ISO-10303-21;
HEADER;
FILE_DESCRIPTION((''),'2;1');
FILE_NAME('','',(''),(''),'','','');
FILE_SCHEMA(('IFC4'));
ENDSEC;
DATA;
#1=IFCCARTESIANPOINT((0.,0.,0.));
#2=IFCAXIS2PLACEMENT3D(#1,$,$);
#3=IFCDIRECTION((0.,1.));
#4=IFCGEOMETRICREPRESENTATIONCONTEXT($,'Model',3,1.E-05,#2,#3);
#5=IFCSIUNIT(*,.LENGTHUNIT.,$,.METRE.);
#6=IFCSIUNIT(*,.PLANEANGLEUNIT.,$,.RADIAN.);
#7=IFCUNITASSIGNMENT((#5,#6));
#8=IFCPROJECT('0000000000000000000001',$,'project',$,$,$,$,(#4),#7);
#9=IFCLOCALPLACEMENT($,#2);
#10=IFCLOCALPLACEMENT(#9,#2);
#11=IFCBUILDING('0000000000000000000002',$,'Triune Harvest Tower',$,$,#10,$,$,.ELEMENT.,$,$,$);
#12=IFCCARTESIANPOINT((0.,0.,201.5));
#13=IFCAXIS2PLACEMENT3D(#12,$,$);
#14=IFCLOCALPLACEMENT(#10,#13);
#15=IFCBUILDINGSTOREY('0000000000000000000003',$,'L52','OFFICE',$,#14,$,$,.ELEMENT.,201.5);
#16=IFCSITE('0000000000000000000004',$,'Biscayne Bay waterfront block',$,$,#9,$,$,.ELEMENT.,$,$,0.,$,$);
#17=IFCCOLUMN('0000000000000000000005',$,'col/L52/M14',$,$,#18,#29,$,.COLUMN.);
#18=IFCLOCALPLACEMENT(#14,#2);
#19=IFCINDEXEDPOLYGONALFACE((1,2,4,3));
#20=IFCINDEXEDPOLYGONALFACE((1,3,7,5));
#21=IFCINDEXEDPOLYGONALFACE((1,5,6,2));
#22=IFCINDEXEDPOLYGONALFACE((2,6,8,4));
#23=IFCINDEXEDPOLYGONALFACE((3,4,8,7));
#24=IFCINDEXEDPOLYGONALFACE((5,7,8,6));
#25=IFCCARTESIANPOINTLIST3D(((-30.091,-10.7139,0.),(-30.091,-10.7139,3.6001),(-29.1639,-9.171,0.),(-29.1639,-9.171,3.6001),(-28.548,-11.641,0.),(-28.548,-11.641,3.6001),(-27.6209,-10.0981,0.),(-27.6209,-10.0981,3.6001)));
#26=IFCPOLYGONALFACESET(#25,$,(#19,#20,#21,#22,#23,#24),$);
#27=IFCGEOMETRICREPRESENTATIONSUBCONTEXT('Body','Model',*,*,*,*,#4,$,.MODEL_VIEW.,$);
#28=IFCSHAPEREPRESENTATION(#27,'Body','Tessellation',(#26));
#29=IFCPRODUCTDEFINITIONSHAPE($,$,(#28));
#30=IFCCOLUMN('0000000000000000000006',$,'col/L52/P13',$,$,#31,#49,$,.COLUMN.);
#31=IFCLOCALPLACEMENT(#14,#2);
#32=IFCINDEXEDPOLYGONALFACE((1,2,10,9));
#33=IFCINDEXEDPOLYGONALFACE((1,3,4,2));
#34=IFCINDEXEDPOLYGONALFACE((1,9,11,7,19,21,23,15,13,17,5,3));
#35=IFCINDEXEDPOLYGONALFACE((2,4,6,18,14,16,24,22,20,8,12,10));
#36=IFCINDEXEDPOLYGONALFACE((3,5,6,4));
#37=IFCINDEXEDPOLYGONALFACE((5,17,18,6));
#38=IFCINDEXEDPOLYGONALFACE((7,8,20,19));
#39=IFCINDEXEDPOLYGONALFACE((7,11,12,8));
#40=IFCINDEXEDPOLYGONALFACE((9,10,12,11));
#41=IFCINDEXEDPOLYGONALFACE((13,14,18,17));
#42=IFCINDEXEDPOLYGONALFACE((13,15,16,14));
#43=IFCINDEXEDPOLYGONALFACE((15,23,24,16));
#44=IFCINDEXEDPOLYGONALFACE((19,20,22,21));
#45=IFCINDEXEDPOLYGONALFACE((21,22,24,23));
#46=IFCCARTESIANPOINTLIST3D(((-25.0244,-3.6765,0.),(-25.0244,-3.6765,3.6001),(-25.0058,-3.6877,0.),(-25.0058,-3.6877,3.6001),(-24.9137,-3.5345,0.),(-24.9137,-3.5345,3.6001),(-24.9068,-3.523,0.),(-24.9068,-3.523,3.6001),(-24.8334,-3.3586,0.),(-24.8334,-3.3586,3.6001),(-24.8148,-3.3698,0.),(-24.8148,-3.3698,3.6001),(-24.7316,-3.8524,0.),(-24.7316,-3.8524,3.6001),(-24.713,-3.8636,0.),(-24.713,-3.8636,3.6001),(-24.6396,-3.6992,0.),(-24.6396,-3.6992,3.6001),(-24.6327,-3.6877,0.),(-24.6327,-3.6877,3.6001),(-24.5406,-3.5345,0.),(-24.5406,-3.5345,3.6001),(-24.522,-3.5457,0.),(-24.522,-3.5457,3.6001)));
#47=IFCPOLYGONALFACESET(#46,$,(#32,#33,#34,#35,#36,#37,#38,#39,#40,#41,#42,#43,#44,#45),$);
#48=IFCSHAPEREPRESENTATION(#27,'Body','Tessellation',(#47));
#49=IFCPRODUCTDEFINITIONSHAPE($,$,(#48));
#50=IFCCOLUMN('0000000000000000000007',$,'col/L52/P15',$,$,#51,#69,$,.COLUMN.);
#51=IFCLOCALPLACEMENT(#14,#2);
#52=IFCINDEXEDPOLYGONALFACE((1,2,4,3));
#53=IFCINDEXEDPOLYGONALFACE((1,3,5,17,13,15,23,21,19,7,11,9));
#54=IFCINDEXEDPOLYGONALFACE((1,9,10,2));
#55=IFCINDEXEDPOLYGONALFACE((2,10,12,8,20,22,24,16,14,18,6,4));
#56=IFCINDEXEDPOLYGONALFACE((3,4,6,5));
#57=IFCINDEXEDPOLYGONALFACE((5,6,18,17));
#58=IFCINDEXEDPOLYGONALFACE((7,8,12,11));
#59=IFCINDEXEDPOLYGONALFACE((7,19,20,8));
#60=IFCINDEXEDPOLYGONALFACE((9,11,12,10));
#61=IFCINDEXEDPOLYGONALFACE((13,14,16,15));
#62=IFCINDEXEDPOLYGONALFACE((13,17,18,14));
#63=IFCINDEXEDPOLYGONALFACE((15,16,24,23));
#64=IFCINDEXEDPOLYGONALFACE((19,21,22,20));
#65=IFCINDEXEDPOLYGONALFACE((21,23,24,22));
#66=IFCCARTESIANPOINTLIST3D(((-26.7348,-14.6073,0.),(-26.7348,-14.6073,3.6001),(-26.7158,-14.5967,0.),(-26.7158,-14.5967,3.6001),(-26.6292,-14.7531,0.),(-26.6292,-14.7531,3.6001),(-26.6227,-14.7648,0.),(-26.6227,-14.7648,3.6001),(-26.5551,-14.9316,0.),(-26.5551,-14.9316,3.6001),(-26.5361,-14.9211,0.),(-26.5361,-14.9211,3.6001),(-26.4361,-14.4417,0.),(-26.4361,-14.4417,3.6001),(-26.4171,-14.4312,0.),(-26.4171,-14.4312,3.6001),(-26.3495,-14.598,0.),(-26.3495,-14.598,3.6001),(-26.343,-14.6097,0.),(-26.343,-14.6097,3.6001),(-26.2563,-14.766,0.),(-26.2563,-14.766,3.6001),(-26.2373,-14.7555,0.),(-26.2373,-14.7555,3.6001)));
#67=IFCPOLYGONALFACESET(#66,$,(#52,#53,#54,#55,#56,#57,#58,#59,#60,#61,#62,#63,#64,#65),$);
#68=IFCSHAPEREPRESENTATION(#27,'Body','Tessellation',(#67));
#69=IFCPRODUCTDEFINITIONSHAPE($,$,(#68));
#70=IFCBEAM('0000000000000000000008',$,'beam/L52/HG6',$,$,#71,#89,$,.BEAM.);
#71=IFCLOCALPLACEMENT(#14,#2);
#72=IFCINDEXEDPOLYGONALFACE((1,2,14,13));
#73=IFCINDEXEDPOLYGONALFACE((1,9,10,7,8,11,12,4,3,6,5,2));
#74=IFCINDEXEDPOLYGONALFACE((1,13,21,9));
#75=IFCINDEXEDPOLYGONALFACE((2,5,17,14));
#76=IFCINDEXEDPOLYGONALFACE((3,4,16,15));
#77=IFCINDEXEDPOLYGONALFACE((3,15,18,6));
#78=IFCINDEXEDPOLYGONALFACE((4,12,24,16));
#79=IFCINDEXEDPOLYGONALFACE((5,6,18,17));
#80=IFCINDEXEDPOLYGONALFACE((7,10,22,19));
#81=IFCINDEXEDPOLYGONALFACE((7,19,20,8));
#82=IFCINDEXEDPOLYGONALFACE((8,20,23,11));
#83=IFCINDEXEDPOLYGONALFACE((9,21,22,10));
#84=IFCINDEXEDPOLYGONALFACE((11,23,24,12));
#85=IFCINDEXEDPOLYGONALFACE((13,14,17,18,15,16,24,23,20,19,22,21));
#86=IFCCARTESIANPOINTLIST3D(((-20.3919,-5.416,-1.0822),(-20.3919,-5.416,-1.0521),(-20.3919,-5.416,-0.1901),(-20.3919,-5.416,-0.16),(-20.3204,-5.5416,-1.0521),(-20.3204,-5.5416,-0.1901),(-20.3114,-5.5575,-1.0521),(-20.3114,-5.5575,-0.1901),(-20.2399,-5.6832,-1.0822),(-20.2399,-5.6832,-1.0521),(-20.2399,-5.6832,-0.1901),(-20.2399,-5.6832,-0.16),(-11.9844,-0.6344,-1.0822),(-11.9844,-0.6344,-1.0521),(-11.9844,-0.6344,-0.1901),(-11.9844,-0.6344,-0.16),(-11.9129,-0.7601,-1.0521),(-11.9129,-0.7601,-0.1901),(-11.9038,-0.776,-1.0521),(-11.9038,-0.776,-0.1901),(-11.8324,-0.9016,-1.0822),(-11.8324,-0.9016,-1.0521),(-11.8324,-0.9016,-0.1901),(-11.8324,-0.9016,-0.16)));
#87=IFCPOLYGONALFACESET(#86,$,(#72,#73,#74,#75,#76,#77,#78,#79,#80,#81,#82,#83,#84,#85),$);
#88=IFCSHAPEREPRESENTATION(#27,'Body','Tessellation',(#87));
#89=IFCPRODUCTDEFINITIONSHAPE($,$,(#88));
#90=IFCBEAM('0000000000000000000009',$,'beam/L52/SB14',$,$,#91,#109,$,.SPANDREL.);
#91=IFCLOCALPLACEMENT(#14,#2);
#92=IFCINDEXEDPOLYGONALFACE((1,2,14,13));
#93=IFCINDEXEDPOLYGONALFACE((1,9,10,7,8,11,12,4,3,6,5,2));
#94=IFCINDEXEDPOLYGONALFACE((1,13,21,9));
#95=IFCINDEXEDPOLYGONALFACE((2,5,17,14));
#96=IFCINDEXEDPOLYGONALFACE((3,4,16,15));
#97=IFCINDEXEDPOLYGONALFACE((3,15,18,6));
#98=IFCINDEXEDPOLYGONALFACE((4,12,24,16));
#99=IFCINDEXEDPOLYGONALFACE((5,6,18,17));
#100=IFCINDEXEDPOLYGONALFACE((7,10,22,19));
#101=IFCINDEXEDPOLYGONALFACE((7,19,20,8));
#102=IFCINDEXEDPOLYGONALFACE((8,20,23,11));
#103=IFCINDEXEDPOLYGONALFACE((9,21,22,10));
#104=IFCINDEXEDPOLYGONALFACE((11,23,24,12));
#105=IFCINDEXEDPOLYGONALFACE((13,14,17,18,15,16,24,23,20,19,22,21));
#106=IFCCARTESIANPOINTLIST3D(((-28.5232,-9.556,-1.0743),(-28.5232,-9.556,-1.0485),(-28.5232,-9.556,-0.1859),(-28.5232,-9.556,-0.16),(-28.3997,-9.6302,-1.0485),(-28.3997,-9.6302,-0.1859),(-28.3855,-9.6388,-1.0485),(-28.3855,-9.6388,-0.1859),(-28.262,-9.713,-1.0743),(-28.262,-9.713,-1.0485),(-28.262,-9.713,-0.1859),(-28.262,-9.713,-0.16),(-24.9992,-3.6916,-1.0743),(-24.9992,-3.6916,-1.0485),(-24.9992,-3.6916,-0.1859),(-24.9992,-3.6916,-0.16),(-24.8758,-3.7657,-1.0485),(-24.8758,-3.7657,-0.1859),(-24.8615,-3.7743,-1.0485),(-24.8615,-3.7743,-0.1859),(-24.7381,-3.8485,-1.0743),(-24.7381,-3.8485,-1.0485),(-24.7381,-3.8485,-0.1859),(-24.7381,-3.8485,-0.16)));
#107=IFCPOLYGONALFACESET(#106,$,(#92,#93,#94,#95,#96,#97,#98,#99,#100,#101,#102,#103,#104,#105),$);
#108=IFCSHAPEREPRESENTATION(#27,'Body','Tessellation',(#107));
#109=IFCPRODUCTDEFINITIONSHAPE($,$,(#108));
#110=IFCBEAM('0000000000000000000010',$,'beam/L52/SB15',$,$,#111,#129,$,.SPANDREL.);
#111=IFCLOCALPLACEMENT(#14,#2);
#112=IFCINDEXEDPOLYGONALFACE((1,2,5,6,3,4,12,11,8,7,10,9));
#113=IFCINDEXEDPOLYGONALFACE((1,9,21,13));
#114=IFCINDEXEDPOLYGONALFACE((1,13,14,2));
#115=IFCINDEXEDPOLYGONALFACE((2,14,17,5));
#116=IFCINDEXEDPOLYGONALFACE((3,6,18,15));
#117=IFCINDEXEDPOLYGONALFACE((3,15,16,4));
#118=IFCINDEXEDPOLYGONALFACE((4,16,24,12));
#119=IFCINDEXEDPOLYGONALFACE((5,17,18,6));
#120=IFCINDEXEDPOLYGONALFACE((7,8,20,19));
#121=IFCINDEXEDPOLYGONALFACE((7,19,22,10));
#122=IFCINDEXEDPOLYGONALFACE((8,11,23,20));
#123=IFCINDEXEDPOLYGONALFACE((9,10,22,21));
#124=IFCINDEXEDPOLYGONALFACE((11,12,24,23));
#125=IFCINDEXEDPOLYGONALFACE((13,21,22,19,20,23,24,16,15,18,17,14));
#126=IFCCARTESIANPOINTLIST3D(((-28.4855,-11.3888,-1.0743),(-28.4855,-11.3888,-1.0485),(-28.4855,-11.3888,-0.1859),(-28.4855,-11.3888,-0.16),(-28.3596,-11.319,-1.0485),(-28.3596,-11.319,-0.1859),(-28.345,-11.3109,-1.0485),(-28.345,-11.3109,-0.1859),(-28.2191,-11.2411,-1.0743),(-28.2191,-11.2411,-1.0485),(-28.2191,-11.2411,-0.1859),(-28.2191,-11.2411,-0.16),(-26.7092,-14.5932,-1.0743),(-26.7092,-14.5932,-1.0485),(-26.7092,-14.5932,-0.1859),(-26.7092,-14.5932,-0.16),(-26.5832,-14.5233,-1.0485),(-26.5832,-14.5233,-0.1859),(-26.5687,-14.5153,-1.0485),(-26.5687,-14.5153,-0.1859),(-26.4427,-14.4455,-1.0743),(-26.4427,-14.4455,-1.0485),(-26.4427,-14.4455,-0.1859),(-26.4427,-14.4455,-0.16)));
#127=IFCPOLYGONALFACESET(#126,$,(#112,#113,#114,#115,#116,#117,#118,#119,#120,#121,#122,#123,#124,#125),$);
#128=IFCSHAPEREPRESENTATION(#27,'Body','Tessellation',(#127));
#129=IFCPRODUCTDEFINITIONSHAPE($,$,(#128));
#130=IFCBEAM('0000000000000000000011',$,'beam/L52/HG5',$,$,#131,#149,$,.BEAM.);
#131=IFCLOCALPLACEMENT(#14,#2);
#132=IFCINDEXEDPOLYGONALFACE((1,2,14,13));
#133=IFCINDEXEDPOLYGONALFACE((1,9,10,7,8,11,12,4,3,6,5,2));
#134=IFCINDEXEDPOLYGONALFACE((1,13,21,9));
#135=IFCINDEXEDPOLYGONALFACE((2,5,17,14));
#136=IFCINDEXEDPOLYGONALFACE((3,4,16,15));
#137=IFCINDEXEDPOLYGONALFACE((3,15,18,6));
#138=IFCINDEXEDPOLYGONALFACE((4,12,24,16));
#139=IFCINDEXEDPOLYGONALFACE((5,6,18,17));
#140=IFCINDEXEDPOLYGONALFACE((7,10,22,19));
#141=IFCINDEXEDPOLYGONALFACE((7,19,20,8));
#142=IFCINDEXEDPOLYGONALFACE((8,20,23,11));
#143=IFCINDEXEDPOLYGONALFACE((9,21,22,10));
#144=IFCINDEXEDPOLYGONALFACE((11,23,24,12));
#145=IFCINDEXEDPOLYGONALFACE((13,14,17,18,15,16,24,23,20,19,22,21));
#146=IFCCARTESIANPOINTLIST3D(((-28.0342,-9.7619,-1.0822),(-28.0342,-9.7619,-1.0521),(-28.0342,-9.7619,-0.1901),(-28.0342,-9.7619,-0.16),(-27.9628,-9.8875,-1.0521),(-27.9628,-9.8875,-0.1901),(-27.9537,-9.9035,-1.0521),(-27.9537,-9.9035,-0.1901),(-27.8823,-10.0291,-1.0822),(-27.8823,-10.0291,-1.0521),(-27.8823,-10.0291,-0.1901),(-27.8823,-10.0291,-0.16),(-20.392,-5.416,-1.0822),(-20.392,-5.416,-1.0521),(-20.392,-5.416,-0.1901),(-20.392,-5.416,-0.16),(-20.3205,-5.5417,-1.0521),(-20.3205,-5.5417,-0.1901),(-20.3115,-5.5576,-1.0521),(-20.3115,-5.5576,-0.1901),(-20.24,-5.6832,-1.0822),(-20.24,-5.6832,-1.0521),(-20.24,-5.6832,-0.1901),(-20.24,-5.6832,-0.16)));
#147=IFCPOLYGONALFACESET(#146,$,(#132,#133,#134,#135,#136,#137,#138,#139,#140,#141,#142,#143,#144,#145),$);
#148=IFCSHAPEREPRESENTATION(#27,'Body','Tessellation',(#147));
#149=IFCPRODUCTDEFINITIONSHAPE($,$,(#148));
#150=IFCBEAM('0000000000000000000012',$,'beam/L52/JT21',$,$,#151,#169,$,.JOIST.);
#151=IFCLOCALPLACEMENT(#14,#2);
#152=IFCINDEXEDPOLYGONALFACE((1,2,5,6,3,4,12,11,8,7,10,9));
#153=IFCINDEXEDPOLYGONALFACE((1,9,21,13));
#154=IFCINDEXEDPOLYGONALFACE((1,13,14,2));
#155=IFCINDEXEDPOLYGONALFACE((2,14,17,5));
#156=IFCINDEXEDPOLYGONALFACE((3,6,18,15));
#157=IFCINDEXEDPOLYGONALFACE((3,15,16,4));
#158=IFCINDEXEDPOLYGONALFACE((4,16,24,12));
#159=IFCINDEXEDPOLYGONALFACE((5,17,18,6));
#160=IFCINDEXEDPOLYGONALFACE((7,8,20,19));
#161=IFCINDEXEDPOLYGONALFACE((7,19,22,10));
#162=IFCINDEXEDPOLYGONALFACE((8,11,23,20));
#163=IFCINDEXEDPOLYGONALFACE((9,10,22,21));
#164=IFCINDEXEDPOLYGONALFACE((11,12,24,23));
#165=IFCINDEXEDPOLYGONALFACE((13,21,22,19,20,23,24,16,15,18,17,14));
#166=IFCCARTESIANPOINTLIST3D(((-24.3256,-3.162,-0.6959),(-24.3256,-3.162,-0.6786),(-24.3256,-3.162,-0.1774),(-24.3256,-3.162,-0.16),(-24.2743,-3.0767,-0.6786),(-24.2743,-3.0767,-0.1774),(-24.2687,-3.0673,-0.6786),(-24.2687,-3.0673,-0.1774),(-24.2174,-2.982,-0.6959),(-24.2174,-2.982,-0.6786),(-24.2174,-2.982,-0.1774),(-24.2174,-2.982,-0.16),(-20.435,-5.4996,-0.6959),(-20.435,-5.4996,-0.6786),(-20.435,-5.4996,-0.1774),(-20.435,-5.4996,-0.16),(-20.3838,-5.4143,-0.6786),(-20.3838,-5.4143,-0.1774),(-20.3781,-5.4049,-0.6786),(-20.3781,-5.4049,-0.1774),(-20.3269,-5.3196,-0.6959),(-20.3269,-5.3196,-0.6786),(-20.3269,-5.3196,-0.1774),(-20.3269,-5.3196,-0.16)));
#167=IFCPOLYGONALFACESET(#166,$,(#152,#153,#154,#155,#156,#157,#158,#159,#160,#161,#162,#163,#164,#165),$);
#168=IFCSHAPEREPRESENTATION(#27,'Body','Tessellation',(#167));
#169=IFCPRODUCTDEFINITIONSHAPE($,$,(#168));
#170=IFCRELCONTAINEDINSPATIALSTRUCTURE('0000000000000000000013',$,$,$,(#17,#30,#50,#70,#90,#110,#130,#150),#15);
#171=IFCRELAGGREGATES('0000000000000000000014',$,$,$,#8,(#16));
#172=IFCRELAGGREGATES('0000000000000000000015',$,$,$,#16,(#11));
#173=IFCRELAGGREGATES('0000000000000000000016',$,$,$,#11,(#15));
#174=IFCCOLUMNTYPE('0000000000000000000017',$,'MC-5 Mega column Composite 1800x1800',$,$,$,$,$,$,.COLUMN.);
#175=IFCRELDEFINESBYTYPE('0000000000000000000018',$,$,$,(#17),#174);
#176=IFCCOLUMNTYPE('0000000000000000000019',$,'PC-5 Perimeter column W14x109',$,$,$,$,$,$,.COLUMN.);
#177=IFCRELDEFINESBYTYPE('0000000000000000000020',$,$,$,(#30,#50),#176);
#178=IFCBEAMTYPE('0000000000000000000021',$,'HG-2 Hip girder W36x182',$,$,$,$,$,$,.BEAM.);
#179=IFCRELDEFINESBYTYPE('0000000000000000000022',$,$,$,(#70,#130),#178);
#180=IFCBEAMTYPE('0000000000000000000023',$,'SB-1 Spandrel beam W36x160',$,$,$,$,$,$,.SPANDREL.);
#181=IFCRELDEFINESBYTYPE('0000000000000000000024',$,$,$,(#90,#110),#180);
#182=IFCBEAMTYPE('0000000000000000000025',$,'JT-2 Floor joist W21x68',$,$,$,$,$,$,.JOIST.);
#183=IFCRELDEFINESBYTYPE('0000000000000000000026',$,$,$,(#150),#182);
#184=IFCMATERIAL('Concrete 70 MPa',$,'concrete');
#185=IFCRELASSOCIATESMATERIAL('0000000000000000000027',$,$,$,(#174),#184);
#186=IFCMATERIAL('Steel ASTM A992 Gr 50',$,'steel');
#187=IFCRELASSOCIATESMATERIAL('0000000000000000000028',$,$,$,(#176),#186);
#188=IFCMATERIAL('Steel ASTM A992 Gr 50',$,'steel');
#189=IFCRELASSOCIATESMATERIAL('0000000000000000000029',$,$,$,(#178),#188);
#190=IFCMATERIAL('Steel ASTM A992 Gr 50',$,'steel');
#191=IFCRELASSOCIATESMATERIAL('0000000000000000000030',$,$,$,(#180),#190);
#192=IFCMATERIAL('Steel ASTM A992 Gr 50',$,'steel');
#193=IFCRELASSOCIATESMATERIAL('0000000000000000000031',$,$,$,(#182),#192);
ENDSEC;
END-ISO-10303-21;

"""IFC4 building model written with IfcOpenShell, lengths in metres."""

from ifc_helpers import new_model, si_unit, direction, frame, origin, origin_2d, place, context, subcontext, project, spatial, rectangle, i_section, extrude, source, transform, mapped, material, material_profile, profile_set, type_object, element, save


model = new_model("IFC4")

# Units and contexts
model_context = context("Model", 3, precision=1e-05, world=origin(), true_north=direction((0.0, 1.0)))
body_context = subcontext(model_context, "Body", "Model", "MODEL_VIEW")
ifc_project = project(units=[si_unit("LENGTHUNIT", "METRE"), si_unit("PLANEANGLEUNIT", "RADIAN")], contexts=[model_context])

# Site, building, storey
site_placement = place(None, origin())
site = spatial("IfcSite", under=ifc_project, at=site_placement, Name="Biscayne Bay waterfront block", CompositionType="ELEMENT", RefElevation=0.0)
building_placement = place(site_placement, origin())
building = spatial("IfcBuilding", under=site, at=building_placement, Name="Triune Harvest Tower", CompositionType="ELEMENT")
storey_placement = place(building_placement, frame((0.0, 0.0, 201.5)))
storey = spatial("IfcBuildingStorey", under=building, at=storey_placement, Name="L52", Description="OFFICE", CompositionType="ELEMENT", Elevation=201.5)

# Columns
ifc_material_1 = material(Name="Concrete 70 MPa", Category="concrete")
ifc_material_profile_1 = material_profile(ifc_material_1, rectangle(XDim=1.8, YDim=1.8, at=origin_2d()), Name="Composite 1800x1800")
ifc_profile_set_1 = profile_set([ifc_material_profile_1], Name="Concrete 70 MPa")
column_type_1 = type_object("IfcColumnType", Name="MC-5 Mega column Composite 1800x1800", PredefinedType="COLUMN", material=ifc_profile_set_1)
shared_shape_1 = source(origin(), body_context, "Body", "SweptSolid", [
    extrude(rectangle(XDim=1.8, YDim=1.8, at=origin_2d()), origin(), (0.0, 0.0, 1.0), 3.6001),
])
column_placement = place(storey_placement, frame((-28.856, -10.406, 0.0), z_axis=(0.0, 0.0, 1.0), x_axis=(-0.515037, -0.857168, 0.0)))
element("IfcColumn", 1, at=column_placement, inside=storey, type_object=column_type_1, Name="col/L52/M14", PredefinedType="COLUMN", context=body_context, shape_type="MappedRepresentation", body=[
    mapped(shared_shape_1, transform((0.0, 0.0, 0.0), scale=1.0)),
])
ifc_material_2 = material(Name="Steel ASTM A992 Gr 50", Category="steel")
ifc_material_profile_2 = material_profile(ifc_material_2, i_section(OverallWidth=0.3708, OverallDepth=0.3633, WebThickness=0.0134, FlangeThickness=0.0217, at=origin_2d()), Name="W14x109")
ifc_profile_set_2 = profile_set([ifc_material_profile_2], Name="Steel ASTM A992 Gr 50")
column_type_2 = type_object("IfcColumnType", Name="PC-5 Perimeter column W14x109", PredefinedType="COLUMN", material=ifc_profile_set_2)
shared_shape_2 = source(origin(), body_context, "Body", "SweptSolid", [
    extrude(i_section(OverallWidth=0.3708, OverallDepth=0.3633, WebThickness=0.0134, FlangeThickness=0.0217, at=origin_2d()), origin(), (0.0, 0.0, 1.0), 3.6001),
])
for number, where, z_axis, x_axis, name in (
    (2, (-24.7732, -3.6111, 0.0), (0.0, 0.0, 1.0), (-0.515037, -0.857168, 0.0), "col/L52/P13"),
    (3, (-26.4861, -14.6814, 0.0), (0.0, 0.0, 1.0), (0.484808, -0.874621, 0.0), "col/L52/P15"),
):
    element("IfcColumn", number, at=place(storey_placement, frame(where, z_axis=z_axis, x_axis=x_axis)), inside=storey, type_object=column_type_2, Name=name, PredefinedType="COLUMN", context=body_context, shape_type="MappedRepresentation", body=[
        mapped(shared_shape_2, transform((0.0, 0.0, 0.0), scale=1.0)),
    ])

# Beams
ifc_material_3 = material(Name="Steel ASTM A992 Gr 50", Category="steel")
ifc_material_profile_3 = material_profile(ifc_material_3, i_section(OverallWidth=0.3074, OverallDepth=0.9221, WebThickness=0.0183, FlangeThickness=0.03, at=origin_2d()), Name="W36x182")
ifc_profile_set_3 = profile_set([ifc_material_profile_3], Name="Steel ASTM A992 Gr 50")
beam_type_1 = type_object("IfcBeamType", Name="HG-2 Hip girder W36x182", PredefinedType="BEAM", material=ifc_profile_set_3)
shared_shape_3 = source(origin(), body_context, "Body", "SweptSolid", [
    extrude(i_section(OverallWidth=0.3074, OverallDepth=0.9221, WebThickness=0.0183, FlangeThickness=0.03, at=origin_2d()), origin(), (0.0, 0.0, 1.0), 9.6721),
])
beam_1_placement = place(storey_placement, frame((-20.3159, -5.5496, -0.6211), z_axis=(0.869256, 0.494363, 0.0), x_axis=(-0.494363, 0.869256, 0.0)))
element("IfcBeam", 4, at=beam_1_placement, inside=storey, type_object=beam_type_1, Name="beam/L52/HG6", PredefinedType="BEAM", context=body_context, shape_type="MappedRepresentation", body=[
    mapped(shared_shape_3, transform((0.0, 0.0, 0.0), scale=1.0)),
])
ifc_material_4 = material(Name="Steel ASTM A992 Gr 50", Category="steel")
ifc_material_profile_4 = material_profile(ifc_material_4, i_section(OverallWidth=0.3047, OverallDepth=0.9143, WebThickness=0.0166, FlangeThickness=0.0259, at=origin_2d()), Name="W36x160")
ifc_profile_set_4 = profile_set([ifc_material_profile_4], Name="Steel ASTM A992 Gr 50")
beam_type_2 = type_object("IfcBeamType", Name="SB-1 Spandrel beam W36x160", PredefinedType="SPANDREL", material=ifc_profile_set_4)
shared_shape_4 = source(origin(), body_context, "Body", "SweptSolid", [
    extrude(i_section(OverallWidth=0.3047, OverallDepth=0.9143, WebThickness=0.0166, FlangeThickness=0.0259, at=origin_2d()), origin(), (0.0, 0.0, 1.0), 6.8418),
])
beam_2_placement = place(storey_placement, frame((-24.8687, -3.77, -0.6172), z_axis=(-0.515057, -0.857156, 0.0), x_axis=(0.857156, -0.515057, 0.0)))
element("IfcBeam", 5, at=beam_2_placement, inside=storey, type_object=beam_type_2, Name="beam/L52/SB14", PredefinedType="SPANDREL", context=body_context, shape_type="MappedRepresentation", body=[
    mapped(shared_shape_4, transform((0.0, 0.0, 0.0), scale=1.0)),
])
shared_shape_5 = source(origin(), body_context, "Body", "SweptSolid", [
    extrude(i_section(OverallWidth=0.3047, OverallDepth=0.9143, WebThickness=0.0166, FlangeThickness=0.0259, at=origin_2d()), origin(), (0.0, 0.0, 1.0), 3.6638),
])
beam_3_placement = place(storey_placement, frame((-28.3523, -11.3149, -0.6172), z_axis=(0.484845, -0.8746, 0.0), x_axis=(0.8746, 0.484845, 0.0)))
element("IfcBeam", 6, at=beam_3_placement, inside=storey, type_object=beam_type_2, Name="beam/L52/SB15", PredefinedType="SPANDREL", context=body_context, shape_type="MappedRepresentation", body=[
    mapped(shared_shape_5, transform((0.0, 0.0, 0.0), scale=1.0)),
])
shared_shape_6 = source(origin(), body_context, "Body", "SweptSolid", [
    extrude(i_section(OverallWidth=0.3074, OverallDepth=0.9221, WebThickness=0.0183, FlangeThickness=0.03, at=origin_2d()), origin(), (0.0, 0.0, 1.0), 8.7915),
])
beam_4_placement = place(storey_placement, frame((-27.9583, -9.8955, -0.6211), z_axis=(0.869275, 0.494329, 0.0), x_axis=(-0.494329, 0.869275, 0.0)))
element("IfcBeam", 7, at=beam_4_placement, inside=storey, type_object=beam_type_1, Name="beam/L52/HG5", PredefinedType="BEAM", context=body_context, shape_type="MappedRepresentation", body=[
    mapped(shared_shape_6, transform((0.0, 0.0, 0.0), scale=1.0)),
])
ifc_material_5 = material(Name="Steel ASTM A992 Gr 50", Category="steel")
ifc_material_profile_5 = material_profile(ifc_material_5, i_section(OverallWidth=0.21, OverallDepth=0.5359, WebThickness=0.011, FlangeThickness=0.0173, at=origin_2d()), Name="W21x68")
ifc_profile_set_5 = profile_set([ifc_material_profile_5], Name="Steel ASTM A992 Gr 50")
beam_type_3 = type_object("IfcBeamType", Name="JT-2 Floor joist W21x68", PredefinedType="JOIST", material=ifc_profile_set_5)
shared_shape_7 = source(origin(), body_context, "Body", "SweptSolid", [
    extrude(i_section(OverallWidth=0.21, OverallDepth=0.5359, WebThickness=0.011, FlangeThickness=0.0173, at=origin_2d()), origin(), (0.0, 0.0, 1.0), 4.5388),
])
beam_5_placement = place(storey_placement, frame((-24.2715, -3.072, -0.428), z_axis=(0.857175, -0.515026, 0.0), x_axis=(0.515026, 0.857175, 0.0)))
element("IfcBeam", 8, at=beam_5_placement, inside=storey, type_object=beam_type_3, Name="beam/L52/JT21", PredefinedType="JOIST", context=body_context, shape_type="MappedRepresentation", body=[
    mapped(shared_shape_7, transform((0.0, 0.0, 0.0), scale=1.0)),
])

save(model, "model.ifc")
